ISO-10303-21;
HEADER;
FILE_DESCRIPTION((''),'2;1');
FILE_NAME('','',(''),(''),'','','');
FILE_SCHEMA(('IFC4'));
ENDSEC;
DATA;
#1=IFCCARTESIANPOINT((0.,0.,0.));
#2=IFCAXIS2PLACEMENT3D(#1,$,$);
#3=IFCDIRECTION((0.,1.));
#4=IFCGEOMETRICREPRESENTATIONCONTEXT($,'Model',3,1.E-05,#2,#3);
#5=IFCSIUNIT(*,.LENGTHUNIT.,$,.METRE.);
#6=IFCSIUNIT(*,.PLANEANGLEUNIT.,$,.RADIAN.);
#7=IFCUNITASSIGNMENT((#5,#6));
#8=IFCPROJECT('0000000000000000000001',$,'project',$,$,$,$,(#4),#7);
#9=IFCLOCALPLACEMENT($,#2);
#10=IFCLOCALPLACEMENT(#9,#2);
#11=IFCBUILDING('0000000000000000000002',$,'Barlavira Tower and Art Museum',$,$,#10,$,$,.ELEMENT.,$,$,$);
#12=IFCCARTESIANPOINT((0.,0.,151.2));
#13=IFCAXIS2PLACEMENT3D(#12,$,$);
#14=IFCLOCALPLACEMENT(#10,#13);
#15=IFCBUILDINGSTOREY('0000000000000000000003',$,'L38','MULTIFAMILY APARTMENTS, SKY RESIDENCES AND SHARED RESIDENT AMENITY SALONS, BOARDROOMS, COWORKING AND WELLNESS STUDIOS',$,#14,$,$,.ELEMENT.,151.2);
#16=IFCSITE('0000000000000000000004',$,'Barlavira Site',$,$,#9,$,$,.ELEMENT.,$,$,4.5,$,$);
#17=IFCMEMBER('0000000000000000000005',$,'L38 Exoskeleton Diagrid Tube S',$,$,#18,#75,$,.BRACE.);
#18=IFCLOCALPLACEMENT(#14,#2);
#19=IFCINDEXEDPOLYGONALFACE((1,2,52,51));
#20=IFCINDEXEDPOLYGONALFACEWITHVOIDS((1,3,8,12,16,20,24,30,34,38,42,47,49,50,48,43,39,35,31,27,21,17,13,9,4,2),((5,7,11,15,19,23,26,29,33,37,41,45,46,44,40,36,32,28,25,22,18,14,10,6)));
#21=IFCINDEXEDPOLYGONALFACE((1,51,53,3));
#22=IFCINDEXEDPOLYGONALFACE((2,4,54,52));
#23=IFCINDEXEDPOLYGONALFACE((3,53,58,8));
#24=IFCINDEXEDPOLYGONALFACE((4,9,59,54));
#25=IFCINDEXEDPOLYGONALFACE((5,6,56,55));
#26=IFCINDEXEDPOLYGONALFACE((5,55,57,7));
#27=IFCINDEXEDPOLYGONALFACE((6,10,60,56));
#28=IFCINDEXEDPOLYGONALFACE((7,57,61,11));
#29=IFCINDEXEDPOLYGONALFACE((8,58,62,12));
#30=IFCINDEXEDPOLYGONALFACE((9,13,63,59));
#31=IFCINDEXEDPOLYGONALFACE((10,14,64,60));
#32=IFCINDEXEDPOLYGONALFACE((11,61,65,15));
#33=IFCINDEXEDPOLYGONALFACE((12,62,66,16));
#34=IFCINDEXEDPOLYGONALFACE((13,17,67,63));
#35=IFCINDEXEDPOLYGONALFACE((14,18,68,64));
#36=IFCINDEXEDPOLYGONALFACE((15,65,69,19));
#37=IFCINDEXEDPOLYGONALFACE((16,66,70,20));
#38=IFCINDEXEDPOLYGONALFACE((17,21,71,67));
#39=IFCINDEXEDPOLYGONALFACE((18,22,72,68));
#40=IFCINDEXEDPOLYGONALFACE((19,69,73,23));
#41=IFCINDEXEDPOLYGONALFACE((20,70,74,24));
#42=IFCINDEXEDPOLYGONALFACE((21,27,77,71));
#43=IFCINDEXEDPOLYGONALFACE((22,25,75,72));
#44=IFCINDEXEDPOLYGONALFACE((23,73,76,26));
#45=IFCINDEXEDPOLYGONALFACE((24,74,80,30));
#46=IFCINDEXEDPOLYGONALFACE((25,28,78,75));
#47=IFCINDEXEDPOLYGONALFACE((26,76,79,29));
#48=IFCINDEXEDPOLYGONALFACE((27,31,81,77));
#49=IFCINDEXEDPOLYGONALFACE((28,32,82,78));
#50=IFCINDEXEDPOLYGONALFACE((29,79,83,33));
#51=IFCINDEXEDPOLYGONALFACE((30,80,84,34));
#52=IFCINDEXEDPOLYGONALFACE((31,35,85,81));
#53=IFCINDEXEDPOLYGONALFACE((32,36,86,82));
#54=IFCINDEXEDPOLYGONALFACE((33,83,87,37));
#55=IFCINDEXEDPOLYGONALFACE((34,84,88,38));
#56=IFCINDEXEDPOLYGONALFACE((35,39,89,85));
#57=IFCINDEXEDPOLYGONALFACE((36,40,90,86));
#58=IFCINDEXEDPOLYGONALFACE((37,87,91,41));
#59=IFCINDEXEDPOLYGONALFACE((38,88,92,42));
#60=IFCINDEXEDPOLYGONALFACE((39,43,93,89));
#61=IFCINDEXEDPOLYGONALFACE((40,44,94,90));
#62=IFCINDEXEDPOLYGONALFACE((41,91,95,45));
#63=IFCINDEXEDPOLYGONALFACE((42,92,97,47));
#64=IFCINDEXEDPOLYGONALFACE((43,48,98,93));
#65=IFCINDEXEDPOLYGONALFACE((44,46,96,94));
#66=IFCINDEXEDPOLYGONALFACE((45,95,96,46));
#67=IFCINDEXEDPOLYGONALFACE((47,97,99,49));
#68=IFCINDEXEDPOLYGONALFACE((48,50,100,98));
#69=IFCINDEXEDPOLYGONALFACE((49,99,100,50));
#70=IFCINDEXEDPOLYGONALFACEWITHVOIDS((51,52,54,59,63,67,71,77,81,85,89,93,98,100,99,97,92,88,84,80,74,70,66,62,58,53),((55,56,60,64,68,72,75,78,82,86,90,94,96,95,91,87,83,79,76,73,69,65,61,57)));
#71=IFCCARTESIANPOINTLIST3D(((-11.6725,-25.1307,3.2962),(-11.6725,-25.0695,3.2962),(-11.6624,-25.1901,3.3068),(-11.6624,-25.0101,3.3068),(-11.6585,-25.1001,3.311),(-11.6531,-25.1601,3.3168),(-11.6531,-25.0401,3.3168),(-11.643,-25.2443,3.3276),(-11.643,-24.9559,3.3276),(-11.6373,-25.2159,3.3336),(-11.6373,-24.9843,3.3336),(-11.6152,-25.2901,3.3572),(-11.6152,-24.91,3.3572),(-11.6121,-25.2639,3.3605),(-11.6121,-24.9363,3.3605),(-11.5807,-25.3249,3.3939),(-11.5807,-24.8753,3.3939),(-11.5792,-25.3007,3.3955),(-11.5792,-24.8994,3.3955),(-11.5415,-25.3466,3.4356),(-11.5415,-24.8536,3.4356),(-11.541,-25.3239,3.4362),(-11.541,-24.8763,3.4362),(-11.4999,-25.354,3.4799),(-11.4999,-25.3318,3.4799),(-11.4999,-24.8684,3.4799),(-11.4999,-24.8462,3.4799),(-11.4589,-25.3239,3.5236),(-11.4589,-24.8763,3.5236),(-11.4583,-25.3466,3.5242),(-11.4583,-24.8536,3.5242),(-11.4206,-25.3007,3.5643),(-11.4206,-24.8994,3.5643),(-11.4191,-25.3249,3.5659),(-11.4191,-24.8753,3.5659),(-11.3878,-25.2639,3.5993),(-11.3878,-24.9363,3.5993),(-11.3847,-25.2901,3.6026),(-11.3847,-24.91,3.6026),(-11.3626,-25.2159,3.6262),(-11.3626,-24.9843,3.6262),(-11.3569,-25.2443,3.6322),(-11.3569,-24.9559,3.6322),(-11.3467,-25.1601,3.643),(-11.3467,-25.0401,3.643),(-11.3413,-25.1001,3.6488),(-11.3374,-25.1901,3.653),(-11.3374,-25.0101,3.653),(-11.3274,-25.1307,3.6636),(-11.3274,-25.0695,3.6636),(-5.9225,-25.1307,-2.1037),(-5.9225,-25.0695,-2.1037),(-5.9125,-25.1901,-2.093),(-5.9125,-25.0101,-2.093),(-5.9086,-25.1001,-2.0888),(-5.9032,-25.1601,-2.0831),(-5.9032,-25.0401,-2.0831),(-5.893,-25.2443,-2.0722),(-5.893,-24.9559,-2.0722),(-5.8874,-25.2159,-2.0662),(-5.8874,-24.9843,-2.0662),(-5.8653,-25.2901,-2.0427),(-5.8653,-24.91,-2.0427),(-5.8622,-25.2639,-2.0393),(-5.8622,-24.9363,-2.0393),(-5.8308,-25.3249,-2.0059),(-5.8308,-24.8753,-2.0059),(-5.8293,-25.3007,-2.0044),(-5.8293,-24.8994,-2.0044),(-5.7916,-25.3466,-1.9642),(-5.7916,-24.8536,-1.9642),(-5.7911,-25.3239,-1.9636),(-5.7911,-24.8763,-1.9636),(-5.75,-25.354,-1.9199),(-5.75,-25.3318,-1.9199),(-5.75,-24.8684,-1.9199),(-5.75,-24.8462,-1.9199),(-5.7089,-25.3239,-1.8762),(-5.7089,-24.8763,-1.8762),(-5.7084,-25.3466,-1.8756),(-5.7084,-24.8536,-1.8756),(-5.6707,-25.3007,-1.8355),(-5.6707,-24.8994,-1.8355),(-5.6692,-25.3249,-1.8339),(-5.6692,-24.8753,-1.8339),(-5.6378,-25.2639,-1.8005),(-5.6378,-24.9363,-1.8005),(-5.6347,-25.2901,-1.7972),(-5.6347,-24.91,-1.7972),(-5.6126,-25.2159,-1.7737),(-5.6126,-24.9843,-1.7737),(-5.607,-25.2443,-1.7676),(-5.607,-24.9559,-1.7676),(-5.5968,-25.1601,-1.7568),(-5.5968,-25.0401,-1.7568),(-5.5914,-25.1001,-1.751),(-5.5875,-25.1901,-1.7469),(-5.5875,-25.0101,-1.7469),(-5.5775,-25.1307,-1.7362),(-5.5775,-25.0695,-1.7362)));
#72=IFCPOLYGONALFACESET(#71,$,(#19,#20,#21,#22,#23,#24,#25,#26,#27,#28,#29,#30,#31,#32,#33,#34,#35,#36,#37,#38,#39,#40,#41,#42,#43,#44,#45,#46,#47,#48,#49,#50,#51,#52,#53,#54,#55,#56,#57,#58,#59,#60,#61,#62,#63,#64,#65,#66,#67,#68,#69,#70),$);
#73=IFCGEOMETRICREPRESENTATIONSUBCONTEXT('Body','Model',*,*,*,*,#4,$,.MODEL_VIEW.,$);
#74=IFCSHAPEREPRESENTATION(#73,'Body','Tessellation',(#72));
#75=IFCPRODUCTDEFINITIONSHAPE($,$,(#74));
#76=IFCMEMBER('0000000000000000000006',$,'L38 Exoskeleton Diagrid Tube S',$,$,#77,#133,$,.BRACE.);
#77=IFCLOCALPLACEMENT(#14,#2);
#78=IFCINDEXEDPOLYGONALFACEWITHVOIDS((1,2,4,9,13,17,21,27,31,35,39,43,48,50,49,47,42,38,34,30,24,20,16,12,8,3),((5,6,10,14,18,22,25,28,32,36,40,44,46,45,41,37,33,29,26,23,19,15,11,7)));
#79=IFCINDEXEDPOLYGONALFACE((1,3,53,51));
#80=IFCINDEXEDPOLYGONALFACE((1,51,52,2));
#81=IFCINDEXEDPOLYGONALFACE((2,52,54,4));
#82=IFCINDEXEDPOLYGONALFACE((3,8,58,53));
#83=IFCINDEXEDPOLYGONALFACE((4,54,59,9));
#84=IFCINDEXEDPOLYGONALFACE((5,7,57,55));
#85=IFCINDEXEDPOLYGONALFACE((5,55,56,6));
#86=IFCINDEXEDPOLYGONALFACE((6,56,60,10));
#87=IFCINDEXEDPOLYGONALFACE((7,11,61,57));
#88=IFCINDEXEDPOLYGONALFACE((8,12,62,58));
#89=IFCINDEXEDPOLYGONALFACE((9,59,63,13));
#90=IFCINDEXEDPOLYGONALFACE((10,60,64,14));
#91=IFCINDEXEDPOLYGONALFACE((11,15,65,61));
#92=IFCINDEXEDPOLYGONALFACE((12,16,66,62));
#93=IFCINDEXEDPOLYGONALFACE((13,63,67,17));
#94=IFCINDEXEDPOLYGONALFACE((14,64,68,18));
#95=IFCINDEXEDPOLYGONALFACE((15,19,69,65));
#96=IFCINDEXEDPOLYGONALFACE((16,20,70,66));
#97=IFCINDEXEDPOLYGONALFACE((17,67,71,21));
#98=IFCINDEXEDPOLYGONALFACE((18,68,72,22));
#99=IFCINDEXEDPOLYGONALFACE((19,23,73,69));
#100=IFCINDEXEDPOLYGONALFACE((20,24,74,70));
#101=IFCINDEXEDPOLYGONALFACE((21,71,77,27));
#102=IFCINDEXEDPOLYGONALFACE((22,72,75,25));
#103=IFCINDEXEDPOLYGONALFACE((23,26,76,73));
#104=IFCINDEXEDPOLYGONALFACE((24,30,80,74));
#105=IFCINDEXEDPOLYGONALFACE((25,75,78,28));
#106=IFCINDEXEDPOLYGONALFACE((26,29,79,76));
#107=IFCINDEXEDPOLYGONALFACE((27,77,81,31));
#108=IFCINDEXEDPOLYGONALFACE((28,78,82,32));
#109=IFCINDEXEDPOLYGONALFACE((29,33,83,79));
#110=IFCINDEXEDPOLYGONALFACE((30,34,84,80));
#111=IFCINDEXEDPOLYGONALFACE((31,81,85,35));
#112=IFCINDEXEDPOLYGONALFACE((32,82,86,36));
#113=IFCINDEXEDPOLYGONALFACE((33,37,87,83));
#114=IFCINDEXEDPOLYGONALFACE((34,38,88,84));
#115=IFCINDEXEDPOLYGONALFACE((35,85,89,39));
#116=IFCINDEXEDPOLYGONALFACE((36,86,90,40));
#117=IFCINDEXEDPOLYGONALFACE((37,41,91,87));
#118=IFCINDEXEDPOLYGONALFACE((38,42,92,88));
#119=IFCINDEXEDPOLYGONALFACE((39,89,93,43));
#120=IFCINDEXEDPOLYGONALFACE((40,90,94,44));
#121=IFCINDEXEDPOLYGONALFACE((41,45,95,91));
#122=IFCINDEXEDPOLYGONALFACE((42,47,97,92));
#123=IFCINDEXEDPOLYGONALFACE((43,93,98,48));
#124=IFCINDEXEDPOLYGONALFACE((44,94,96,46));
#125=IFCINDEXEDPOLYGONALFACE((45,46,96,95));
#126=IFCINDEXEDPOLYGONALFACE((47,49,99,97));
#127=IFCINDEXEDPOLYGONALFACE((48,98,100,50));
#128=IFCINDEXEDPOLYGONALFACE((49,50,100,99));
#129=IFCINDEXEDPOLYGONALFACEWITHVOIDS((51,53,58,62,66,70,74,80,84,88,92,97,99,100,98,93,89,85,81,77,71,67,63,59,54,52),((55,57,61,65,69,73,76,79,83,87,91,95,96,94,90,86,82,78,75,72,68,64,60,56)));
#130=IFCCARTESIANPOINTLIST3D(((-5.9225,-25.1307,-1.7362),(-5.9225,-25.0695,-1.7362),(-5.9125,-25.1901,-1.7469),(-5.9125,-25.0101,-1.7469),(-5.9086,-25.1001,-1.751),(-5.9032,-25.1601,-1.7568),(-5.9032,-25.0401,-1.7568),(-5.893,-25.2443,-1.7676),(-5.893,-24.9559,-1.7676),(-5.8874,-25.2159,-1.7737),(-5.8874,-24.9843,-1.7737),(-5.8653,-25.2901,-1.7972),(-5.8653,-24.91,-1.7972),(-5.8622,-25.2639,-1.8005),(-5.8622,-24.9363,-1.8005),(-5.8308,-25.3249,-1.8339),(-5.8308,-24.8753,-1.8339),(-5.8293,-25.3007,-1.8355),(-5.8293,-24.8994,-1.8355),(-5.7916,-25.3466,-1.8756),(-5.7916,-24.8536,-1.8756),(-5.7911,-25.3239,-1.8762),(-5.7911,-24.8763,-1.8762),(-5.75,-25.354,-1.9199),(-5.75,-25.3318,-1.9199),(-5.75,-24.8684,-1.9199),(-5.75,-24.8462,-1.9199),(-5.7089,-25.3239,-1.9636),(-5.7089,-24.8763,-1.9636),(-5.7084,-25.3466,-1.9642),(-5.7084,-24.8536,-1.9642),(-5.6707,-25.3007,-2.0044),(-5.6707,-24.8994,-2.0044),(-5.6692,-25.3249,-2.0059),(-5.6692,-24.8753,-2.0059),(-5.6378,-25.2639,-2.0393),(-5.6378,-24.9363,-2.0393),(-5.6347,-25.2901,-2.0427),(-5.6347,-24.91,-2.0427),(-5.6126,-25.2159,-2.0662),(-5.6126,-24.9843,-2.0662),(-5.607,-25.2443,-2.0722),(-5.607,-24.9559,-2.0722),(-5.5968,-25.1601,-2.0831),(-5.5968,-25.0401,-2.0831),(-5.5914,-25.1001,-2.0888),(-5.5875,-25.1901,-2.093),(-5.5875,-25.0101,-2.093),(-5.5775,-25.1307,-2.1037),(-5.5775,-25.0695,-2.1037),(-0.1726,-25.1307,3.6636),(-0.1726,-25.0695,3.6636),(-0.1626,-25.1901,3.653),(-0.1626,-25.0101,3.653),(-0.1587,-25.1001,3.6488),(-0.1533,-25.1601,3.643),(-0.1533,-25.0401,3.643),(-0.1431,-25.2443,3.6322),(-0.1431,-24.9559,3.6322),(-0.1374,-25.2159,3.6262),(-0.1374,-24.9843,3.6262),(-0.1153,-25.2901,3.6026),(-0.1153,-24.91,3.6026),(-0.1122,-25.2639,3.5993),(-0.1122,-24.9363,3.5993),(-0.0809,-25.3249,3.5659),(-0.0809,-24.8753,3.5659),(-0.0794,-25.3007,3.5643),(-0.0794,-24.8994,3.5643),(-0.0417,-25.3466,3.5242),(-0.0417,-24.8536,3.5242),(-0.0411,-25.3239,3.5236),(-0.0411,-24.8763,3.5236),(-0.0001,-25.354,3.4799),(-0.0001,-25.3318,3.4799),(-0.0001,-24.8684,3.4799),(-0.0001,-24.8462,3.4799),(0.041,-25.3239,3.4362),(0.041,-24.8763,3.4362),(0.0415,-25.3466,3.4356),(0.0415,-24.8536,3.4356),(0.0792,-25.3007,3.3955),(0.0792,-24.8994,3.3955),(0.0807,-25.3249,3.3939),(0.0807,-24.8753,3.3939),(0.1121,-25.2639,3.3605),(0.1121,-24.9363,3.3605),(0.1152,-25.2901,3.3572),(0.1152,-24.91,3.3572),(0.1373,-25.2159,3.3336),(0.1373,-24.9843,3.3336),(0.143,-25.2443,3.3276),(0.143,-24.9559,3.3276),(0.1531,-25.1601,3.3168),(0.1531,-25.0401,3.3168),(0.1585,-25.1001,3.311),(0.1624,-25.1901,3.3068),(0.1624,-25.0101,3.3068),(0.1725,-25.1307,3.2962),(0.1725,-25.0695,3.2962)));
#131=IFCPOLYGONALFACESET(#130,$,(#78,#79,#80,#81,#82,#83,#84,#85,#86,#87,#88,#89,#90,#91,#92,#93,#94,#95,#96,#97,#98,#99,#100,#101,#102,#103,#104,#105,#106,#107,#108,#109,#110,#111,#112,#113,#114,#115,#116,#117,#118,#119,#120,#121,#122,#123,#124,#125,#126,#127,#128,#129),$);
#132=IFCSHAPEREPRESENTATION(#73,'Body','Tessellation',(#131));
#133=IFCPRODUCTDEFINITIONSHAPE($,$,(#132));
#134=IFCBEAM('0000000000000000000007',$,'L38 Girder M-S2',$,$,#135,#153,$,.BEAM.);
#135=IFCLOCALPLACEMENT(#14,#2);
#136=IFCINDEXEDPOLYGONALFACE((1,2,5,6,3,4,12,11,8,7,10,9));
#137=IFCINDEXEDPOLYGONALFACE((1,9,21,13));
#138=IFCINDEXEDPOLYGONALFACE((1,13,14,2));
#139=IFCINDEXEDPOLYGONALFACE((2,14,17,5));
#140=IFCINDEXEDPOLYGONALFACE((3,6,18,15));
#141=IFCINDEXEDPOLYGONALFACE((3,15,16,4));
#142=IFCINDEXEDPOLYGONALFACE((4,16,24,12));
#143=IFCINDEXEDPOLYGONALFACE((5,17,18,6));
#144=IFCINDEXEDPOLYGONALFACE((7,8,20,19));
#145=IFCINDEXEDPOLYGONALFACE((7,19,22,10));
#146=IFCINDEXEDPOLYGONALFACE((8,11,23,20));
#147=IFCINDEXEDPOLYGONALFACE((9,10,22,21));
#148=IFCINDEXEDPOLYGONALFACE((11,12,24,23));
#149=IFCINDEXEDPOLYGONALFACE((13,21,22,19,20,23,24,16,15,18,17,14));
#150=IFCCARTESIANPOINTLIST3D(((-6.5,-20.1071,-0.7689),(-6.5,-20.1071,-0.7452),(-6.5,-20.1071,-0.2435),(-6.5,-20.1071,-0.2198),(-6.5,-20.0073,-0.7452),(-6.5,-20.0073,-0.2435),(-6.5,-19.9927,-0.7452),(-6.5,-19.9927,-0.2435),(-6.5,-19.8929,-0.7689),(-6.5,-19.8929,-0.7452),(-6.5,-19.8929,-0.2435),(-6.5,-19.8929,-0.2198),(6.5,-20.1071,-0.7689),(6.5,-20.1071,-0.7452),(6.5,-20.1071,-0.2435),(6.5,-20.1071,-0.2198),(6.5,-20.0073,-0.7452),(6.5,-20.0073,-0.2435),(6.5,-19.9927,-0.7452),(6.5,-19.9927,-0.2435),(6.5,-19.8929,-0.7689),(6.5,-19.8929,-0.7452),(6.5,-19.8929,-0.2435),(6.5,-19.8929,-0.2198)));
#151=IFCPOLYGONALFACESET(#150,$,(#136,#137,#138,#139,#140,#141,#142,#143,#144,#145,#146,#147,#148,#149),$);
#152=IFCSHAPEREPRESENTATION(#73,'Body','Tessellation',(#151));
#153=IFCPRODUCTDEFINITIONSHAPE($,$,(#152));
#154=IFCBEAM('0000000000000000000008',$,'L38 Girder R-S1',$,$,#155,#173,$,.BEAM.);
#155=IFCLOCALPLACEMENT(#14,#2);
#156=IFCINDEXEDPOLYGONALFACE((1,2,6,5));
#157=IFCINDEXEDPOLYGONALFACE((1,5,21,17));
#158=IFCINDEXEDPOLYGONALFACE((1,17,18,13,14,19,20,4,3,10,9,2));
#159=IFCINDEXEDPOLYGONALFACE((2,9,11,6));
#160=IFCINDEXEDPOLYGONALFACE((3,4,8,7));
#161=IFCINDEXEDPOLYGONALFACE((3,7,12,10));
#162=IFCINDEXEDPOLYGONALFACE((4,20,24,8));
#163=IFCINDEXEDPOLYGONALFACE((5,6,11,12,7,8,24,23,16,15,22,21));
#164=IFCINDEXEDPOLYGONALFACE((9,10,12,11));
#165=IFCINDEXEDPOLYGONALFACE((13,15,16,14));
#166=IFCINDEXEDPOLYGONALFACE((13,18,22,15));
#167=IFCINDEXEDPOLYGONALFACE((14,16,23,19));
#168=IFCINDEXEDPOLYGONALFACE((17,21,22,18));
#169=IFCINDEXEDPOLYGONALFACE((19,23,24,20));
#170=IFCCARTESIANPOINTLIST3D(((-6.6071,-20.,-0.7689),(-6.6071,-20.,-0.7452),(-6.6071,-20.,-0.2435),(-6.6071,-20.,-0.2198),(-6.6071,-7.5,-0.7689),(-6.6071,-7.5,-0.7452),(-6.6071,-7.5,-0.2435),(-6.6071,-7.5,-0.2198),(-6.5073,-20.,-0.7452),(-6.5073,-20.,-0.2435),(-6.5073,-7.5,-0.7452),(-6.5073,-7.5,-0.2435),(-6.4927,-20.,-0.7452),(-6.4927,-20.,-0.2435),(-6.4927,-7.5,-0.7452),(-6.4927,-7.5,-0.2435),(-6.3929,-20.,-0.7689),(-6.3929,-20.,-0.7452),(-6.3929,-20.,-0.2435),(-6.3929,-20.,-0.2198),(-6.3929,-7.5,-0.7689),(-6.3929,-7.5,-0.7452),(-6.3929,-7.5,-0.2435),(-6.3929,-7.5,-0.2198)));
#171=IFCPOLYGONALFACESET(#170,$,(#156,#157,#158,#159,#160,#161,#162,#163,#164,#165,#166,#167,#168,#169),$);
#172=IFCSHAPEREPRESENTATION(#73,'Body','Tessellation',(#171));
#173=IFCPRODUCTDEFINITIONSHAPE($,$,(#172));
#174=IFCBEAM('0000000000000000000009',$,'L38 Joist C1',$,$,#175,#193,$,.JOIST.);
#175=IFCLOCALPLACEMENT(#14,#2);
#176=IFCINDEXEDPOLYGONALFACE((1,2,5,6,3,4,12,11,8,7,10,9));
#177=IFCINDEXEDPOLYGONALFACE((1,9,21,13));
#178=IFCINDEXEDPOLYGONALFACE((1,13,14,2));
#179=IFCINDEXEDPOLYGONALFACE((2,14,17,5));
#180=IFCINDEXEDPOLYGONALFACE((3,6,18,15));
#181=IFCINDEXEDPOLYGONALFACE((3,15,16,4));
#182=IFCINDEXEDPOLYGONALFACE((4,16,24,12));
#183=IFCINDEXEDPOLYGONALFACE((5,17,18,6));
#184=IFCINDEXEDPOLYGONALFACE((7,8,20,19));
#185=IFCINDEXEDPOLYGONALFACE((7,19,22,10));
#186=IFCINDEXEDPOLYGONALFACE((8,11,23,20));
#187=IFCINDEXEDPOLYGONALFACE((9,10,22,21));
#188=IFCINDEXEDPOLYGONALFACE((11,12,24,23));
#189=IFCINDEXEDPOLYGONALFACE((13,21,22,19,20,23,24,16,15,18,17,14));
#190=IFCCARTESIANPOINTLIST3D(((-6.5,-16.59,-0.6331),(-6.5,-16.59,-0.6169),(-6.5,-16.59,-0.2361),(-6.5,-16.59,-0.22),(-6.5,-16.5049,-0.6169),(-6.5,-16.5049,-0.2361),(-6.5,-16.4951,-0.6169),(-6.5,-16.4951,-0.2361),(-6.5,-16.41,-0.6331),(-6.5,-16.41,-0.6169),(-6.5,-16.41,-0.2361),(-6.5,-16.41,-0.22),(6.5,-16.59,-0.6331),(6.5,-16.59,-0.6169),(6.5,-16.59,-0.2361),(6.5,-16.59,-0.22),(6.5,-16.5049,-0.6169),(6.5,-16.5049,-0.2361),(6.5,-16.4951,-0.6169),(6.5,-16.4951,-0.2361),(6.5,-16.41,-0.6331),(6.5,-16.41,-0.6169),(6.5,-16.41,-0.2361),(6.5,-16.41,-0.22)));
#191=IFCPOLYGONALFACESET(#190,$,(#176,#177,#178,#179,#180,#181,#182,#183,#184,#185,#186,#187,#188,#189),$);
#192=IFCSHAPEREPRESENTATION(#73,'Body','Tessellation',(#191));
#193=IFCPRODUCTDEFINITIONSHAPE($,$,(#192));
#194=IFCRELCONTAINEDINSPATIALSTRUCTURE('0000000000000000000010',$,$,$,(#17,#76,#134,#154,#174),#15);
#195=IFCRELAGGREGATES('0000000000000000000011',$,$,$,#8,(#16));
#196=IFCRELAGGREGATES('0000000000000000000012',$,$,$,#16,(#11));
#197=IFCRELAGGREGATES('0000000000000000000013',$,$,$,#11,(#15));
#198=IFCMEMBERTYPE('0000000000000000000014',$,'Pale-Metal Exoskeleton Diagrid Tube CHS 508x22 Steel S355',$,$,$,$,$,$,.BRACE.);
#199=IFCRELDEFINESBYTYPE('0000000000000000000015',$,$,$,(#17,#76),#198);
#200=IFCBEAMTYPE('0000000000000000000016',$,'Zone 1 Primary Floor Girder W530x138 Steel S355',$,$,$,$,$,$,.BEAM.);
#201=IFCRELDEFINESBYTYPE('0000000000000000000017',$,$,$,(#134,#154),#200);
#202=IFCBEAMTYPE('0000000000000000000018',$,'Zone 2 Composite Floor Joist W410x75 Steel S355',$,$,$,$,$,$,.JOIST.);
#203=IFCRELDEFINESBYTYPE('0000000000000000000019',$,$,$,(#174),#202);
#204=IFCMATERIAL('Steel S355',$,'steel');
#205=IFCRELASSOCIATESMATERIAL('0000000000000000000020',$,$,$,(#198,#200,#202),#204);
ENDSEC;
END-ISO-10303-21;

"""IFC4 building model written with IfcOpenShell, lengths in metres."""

from ifc_helpers import new_model, si_unit, direction, frame, origin, origin_2d, place, context, subcontext, project, spatial, hollow_circle, i_section, extrude, material, material_profile, profile_set, type_object, element, save


model = new_model("IFC4")

# Units and contexts
model_context = context("Model", 3, precision=1e-05, world=origin(), true_north=direction((0.0, 1.0)))
body_context = subcontext(model_context, "Body", "Model", "MODEL_VIEW")
ifc_project = project(units=[si_unit("LENGTHUNIT", "METRE"), si_unit("PLANEANGLEUNIT", "RADIAN")], contexts=[model_context])

# Site, building, storey
site_placement = place(None, origin())
site = spatial("IfcSite", under=ifc_project, at=site_placement, Name="Barlavira Site", CompositionType="ELEMENT", RefElevation=4.5)
building_placement = place(site_placement, origin())
building = spatial("IfcBuilding", under=site, at=building_placement, Name="Barlavira Tower and Art Museum", CompositionType="ELEMENT")
storey_placement = place(building_placement, frame((0.0, 0.0, 151.2)))
storey = spatial("IfcBuildingStorey", under=building, at=storey_placement, Name="L38", Description="MULTIFAMILY APARTMENTS, SKY RESIDENCES AND SHARED RESIDENT AMENITY SALONS, BOARDROOMS, COWORKING AND WELLNESS STUDIOS", CompositionType="ELEMENT", Elevation=151.2)

# Members
ifc_material_1 = material(Name="Steel S355", Category="steel")
ifc_material_profile_1 = material_profile(ifc_material_1, hollow_circle(Radius=0.2539, WallThickness=0.0222, at=origin_2d()), Name="CHS 508.0x22.2")
ifc_profile_set_1 = profile_set([ifc_material_profile_1], Name="Steel S355")
member_type_1 = type_object("IfcMemberType", Name="Pale-Metal Exoskeleton Diagrid Tube CHS 508x22 Steel S355", PredefinedType="BRACE", material=ifc_profile_set_1)
for number, where, z_axis, x_axis, name in (
    (1, (-5.75, -25.1001, -1.9199), (-0.72895, 0.0, 0.684567), (0.0, -1.0, 0.0), "L38 Exoskeleton Diagrid Tube S"),
    (2, (-5.75, -25.1001, -1.9199), (0.72895, 0.0, 0.684567), (0.0, 1.0, 0.0), "L38 Exoskeleton Diagrid Tube S"),
):
    element("IfcMember", number, at=place(storey_placement, frame(where, z_axis=z_axis, x_axis=x_axis)), inside=storey, type_object=member_type_1, Name=name, PredefinedType="BRACE", context=body_context, shape_type="SweptSolid", body=[
        extrude(hollow_circle(Radius=0.2539, WallThickness=0.0222, at=origin_2d()), origin(), (0.0, 0.0, 1.0), 7.8879),
    ])

# Beams
ifc_material_profile_2 = material_profile(ifc_material_1, i_section(OverallWidth=0.2141, OverallDepth=0.5491, WebThickness=0.0146, FlangeThickness=0.0237, at=origin_2d()), Name="W530x138.0")
ifc_profile_set_2 = profile_set([ifc_material_profile_2], Name="Steel S355")
beam_type_1 = type_object("IfcBeamType", Name="Zone 1 Primary Floor Girder W530x138 Steel S355", PredefinedType="BEAM", material=ifc_profile_set_2)
beam_1_placement = place(storey_placement, frame((-6.5, -20.0, -0.4944), z_axis=(1.0, 0.0, 0.0), x_axis=(0.0, 1.0, 0.0)))
element("IfcBeam", 3, at=beam_1_placement, inside=storey, type_object=beam_type_1, Name="L38 Girder M-S2", PredefinedType="BEAM", context=body_context, shape_type="SweptSolid", body=[
    extrude(i_section(OverallWidth=0.2141, OverallDepth=0.5491, WebThickness=0.0146, FlangeThickness=0.0237, at=origin_2d()), origin(), (0.0, 0.0, 1.0), 13.0),
])
beam_2_placement = place(storey_placement, frame((-6.5, -20.0, -0.4944), z_axis=(0.0, 1.0, 0.0), x_axis=(-1.0, 0.0, 0.0)))
element("IfcBeam", 4, at=beam_2_placement, inside=storey, type_object=beam_type_1, Name="L38 Girder R-S1", PredefinedType="BEAM", context=body_context, shape_type="SweptSolid", body=[
    extrude(i_section(OverallWidth=0.2141, OverallDepth=0.5491, WebThickness=0.0146, FlangeThickness=0.0237, at=origin_2d()), origin(), (0.0, 0.0, 1.0), 12.5),
])
ifc_material_profile_3 = material_profile(ifc_material_1, i_section(OverallWidth=0.1799, OverallDepth=0.4131, WebThickness=0.0098, FlangeThickness=0.0161, at=origin_2d()), Name="W410x75.0")
ifc_profile_set_3 = profile_set([ifc_material_profile_3], Name="Steel S355")
beam_type_2 = type_object("IfcBeamType", Name="Zone 2 Composite Floor Joist W410x75 Steel S355", PredefinedType="JOIST", material=ifc_profile_set_3)
beam_3_placement = place(storey_placement, frame((-6.5, -16.5, -0.4265), z_axis=(1.0, 0.0, 0.0), x_axis=(0.0, 1.0, 0.0)))
element("IfcBeam", 5, at=beam_3_placement, inside=storey, type_object=beam_type_2, Name="L38 Joist C1", PredefinedType="JOIST", context=body_context, shape_type="SweptSolid", body=[
    extrude(i_section(OverallWidth=0.1799, OverallDepth=0.4131, WebThickness=0.0098, FlangeThickness=0.0161, at=origin_2d()), origin(), (0.0, 0.0, 1.0), 13.0),
])

save(model, "model.ifc")
